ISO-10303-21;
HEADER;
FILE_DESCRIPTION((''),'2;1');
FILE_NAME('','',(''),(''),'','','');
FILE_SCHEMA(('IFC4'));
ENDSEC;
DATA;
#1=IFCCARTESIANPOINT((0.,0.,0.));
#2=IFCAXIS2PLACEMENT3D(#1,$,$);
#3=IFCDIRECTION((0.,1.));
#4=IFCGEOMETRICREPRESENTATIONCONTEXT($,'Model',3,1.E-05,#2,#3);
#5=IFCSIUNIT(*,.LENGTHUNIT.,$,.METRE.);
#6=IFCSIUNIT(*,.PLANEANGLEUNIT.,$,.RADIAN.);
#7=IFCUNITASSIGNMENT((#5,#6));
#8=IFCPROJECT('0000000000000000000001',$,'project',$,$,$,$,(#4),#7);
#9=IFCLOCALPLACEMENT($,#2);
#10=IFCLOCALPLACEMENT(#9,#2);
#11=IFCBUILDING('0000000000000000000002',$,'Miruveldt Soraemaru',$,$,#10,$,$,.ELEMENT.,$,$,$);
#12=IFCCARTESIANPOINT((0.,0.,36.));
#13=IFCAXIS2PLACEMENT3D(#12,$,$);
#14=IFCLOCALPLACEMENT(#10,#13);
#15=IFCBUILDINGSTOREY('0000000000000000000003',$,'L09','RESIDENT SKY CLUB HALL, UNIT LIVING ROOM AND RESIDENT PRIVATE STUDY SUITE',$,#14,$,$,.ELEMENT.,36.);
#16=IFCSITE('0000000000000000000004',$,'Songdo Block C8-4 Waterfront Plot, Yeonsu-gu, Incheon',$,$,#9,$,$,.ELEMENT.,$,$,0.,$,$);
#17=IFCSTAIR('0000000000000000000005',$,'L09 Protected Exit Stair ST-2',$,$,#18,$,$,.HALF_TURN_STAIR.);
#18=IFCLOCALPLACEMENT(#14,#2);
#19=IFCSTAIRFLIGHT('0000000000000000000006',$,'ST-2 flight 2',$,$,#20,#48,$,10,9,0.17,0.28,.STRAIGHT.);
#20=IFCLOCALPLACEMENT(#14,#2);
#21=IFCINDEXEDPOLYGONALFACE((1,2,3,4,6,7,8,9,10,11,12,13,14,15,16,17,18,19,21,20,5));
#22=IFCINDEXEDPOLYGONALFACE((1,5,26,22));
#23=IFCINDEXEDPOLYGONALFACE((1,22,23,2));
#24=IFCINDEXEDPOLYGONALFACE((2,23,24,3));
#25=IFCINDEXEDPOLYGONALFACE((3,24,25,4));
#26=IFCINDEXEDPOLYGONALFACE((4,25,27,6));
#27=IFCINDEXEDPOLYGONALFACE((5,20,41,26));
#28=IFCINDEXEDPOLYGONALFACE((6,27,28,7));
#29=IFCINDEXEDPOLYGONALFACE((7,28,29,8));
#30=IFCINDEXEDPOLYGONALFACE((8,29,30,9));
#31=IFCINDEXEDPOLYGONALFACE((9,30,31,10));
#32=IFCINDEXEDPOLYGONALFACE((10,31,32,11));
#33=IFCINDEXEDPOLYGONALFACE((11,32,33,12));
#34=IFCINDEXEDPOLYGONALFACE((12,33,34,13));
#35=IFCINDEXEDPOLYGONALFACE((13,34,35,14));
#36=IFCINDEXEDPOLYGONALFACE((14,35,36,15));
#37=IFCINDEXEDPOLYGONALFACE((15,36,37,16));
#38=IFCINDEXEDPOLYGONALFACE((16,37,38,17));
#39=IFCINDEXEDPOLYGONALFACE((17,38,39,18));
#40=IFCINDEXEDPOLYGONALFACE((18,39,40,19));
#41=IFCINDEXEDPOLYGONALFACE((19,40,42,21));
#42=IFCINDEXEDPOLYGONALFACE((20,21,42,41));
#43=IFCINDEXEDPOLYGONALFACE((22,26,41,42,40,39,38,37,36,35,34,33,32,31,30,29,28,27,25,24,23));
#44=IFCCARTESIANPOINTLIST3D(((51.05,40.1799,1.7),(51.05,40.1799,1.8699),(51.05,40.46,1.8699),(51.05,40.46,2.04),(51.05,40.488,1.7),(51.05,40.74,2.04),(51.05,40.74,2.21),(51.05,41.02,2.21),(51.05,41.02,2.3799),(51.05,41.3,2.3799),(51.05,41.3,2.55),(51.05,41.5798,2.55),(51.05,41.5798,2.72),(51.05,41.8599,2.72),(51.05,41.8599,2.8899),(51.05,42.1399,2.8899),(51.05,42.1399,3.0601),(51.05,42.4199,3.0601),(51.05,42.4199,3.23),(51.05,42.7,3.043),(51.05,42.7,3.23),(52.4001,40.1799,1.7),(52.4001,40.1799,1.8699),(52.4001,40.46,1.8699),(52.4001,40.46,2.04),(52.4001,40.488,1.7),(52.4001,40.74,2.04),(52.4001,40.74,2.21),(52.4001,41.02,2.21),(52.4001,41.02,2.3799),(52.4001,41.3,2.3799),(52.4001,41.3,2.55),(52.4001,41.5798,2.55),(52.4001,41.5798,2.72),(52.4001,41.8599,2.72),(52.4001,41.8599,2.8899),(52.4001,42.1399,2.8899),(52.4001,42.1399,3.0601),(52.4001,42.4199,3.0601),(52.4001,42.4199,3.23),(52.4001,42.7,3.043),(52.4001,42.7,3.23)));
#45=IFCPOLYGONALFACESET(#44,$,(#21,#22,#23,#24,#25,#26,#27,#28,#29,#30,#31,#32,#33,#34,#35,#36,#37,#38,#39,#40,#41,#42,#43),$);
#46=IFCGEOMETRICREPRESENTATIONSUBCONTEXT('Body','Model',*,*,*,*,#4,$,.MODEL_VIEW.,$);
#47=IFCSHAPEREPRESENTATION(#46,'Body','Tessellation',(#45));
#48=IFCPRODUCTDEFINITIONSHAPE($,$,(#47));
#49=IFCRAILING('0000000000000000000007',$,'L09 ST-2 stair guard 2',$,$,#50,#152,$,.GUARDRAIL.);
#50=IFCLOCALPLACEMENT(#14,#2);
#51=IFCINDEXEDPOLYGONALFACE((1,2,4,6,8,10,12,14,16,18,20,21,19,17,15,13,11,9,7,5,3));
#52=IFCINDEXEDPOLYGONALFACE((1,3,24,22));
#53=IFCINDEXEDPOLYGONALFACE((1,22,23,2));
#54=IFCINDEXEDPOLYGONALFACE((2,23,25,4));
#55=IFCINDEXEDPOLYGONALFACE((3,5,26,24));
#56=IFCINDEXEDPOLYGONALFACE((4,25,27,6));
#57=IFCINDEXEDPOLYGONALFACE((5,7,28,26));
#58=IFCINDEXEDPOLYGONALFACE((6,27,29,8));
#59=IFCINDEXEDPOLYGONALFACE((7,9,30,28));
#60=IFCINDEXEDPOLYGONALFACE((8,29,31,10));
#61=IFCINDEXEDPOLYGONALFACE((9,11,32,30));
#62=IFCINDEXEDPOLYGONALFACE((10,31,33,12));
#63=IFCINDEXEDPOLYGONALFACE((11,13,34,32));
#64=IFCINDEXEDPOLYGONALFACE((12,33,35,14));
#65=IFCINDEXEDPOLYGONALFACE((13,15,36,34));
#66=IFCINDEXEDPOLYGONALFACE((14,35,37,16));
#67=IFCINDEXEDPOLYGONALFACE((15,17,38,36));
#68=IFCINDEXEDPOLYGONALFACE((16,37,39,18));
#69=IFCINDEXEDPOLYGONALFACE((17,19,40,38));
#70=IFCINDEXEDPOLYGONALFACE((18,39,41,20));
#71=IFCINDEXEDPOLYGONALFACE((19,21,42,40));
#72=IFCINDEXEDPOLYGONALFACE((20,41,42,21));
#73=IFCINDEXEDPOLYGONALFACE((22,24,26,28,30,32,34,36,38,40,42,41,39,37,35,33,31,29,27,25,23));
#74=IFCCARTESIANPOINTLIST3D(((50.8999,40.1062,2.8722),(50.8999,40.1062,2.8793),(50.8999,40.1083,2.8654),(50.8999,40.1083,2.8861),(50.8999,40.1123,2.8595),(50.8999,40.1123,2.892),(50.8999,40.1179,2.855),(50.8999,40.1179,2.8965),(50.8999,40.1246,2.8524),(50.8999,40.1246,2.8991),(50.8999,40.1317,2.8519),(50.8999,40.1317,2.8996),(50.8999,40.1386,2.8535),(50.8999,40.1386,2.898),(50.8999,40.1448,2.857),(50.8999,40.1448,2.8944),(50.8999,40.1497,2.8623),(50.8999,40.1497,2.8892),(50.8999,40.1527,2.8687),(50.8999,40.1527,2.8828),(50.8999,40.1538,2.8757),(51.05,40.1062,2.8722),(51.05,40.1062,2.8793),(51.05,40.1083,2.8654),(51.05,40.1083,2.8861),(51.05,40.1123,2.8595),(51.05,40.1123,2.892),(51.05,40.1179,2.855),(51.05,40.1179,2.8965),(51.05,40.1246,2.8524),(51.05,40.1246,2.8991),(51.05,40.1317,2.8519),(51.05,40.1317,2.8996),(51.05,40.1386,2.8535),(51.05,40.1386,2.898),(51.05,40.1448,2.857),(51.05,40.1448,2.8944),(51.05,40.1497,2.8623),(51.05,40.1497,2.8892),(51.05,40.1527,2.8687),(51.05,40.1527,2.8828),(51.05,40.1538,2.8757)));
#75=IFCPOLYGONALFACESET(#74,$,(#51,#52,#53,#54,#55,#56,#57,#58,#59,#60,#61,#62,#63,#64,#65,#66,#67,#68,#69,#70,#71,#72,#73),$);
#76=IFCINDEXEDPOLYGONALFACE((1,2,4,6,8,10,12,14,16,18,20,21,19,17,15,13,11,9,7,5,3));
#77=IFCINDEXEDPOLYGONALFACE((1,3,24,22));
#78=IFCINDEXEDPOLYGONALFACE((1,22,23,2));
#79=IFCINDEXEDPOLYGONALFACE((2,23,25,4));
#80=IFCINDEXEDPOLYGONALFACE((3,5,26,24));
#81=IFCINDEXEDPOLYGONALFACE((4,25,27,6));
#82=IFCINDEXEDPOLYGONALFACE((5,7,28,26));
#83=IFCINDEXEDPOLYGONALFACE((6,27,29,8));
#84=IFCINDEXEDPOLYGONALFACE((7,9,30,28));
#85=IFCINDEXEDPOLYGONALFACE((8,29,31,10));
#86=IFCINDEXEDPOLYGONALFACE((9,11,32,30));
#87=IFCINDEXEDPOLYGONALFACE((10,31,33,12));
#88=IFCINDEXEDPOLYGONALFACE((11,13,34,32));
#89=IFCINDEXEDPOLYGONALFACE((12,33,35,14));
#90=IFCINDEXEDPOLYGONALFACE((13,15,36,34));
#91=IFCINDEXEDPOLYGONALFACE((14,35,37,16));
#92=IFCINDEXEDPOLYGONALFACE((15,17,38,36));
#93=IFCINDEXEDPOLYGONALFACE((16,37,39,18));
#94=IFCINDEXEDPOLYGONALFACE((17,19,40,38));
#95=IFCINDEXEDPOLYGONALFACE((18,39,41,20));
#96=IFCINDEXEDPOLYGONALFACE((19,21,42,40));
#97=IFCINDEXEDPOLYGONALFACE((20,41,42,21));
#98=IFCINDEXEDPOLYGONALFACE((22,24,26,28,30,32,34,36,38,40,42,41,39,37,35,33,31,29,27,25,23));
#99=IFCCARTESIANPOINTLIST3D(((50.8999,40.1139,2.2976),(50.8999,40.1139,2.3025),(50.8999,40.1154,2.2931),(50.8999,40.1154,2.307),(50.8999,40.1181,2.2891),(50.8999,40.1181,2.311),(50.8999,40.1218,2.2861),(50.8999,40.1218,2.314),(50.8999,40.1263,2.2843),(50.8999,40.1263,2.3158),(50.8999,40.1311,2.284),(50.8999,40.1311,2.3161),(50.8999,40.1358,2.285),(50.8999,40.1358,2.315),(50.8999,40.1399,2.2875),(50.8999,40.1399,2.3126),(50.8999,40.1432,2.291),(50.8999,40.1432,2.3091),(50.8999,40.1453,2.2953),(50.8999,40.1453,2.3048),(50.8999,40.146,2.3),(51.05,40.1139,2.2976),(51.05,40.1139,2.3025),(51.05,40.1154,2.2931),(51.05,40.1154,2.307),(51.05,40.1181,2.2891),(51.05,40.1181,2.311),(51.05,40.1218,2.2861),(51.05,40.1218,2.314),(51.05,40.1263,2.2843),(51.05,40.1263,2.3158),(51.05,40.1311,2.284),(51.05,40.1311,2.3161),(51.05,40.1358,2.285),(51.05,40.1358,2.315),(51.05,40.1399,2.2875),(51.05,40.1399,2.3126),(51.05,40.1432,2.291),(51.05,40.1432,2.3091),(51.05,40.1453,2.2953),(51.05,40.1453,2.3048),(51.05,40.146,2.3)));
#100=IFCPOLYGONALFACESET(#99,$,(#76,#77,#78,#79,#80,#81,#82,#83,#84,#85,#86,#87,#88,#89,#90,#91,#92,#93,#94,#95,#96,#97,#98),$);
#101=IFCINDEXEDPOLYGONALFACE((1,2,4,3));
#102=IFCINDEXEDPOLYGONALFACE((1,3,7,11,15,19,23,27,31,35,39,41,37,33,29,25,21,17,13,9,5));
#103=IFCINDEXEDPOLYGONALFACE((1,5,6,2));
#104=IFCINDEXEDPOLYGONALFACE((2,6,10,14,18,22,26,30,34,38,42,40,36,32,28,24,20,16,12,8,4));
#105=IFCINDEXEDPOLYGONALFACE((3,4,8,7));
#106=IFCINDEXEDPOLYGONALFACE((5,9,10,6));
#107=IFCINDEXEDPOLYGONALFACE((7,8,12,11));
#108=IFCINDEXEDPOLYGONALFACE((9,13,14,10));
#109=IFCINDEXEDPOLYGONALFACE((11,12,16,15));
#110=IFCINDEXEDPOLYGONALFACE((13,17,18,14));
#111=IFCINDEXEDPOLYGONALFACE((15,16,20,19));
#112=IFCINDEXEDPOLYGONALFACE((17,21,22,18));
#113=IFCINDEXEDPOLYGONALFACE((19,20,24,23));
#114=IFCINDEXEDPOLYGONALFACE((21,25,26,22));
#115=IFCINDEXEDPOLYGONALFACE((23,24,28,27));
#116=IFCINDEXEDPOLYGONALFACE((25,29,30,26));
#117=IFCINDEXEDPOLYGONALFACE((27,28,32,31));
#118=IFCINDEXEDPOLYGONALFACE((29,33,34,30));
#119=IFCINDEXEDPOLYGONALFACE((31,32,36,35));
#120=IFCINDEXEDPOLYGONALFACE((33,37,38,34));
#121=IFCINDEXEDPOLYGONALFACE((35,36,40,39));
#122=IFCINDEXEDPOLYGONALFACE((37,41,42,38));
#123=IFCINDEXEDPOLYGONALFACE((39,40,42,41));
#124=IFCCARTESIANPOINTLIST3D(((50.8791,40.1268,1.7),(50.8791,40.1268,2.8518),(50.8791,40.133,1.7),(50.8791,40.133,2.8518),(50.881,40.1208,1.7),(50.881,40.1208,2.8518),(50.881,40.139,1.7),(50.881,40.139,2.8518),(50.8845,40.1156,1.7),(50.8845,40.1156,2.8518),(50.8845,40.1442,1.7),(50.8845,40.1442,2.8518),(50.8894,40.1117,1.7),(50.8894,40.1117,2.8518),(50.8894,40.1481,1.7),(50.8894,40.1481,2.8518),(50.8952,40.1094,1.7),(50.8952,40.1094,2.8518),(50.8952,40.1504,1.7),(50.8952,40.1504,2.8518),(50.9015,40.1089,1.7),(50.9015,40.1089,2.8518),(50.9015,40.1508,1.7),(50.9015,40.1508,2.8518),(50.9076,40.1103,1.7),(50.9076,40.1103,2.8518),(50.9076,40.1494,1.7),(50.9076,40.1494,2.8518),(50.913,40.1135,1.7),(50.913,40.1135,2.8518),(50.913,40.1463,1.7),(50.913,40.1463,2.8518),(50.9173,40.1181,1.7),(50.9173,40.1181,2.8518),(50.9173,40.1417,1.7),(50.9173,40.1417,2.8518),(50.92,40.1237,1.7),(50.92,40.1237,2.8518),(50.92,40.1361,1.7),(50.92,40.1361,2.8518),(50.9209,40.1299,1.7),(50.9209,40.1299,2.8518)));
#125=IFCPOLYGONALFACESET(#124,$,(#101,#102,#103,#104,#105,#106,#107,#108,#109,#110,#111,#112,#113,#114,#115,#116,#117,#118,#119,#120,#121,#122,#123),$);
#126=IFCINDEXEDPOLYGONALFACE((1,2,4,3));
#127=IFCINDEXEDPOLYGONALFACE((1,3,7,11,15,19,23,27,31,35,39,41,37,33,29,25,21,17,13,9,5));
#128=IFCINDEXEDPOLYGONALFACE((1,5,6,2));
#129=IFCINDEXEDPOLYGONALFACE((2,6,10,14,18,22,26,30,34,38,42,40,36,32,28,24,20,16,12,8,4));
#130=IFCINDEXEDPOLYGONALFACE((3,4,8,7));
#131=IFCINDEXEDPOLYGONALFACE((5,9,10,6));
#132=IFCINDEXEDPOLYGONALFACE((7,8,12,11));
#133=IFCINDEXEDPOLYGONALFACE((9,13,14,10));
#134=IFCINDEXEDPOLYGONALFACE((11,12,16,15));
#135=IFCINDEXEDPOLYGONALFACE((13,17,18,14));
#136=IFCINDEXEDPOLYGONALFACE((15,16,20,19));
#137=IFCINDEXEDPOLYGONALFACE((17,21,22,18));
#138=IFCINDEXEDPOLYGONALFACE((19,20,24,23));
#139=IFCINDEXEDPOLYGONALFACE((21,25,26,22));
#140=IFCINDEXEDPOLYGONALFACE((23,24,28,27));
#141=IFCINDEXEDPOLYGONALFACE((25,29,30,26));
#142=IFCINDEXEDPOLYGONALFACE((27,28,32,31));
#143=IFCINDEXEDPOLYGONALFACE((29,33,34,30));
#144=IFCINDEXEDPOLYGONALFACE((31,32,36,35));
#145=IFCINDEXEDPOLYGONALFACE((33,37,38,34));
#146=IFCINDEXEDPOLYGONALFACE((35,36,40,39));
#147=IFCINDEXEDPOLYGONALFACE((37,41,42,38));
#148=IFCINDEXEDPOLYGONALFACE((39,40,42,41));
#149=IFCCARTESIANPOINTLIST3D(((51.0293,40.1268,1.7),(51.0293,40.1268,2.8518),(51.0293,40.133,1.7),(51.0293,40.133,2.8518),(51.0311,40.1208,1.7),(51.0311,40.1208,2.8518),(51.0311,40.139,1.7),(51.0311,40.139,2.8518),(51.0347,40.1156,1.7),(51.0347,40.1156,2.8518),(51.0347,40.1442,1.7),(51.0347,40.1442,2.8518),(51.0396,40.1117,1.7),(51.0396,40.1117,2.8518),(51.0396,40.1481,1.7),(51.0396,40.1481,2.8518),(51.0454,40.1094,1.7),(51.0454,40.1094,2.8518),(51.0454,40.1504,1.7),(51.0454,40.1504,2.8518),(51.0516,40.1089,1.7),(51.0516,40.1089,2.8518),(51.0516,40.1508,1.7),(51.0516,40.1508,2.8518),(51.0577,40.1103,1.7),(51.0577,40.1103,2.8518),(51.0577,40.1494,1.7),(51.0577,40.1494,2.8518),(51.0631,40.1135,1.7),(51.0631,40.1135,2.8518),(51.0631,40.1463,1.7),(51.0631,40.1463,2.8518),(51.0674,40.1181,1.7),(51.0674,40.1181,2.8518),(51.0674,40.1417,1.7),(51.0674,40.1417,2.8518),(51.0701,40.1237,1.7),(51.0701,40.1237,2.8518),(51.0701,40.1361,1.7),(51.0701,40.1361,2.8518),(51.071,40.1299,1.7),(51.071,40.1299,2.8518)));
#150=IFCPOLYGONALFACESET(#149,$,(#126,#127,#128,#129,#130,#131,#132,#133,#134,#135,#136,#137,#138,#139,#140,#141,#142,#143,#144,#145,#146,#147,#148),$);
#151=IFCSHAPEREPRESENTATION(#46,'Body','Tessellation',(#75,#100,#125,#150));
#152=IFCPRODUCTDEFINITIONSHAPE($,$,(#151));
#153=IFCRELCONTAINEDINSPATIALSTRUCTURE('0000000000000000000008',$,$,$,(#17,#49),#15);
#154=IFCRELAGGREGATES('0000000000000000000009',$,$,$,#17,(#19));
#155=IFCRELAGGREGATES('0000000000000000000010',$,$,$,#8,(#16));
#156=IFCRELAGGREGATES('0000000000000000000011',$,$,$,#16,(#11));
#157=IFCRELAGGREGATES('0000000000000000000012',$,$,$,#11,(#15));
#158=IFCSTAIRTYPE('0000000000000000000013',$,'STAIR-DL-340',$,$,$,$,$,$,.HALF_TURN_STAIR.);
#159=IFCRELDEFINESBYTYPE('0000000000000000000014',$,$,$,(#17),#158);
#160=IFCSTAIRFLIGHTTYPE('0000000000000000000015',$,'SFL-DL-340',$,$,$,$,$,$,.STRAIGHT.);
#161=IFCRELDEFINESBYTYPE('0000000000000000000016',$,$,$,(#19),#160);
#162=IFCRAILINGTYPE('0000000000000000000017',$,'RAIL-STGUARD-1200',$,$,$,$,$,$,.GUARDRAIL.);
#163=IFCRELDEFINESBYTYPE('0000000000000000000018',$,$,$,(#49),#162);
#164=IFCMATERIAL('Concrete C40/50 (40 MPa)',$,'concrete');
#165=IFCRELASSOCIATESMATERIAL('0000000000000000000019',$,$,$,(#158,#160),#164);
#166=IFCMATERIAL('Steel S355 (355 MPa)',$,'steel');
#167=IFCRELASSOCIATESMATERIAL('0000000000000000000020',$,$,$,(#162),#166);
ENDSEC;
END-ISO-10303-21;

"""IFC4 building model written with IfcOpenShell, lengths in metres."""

from ifc_helpers import new_model, si_unit, direction, frame, origin, origin_2d, place, context, subcontext, project, spatial, polyline, circle, outline, extrude, material, type_object, element, aggregate, save


model = new_model("IFC4")

# Units and contexts
model_context = context("Model", 3, precision=1e-05, world=origin(), true_north=direction((0.0, 1.0)))
body_context = subcontext(model_context, "Body", "Model", "MODEL_VIEW")
ifc_project = project(units=[si_unit("LENGTHUNIT", "METRE"), si_unit("PLANEANGLEUNIT", "RADIAN")], contexts=[model_context])

# Site, building, storey
site_placement = place(None, origin())
site = spatial("IfcSite", under=ifc_project, at=site_placement, Name="Songdo Block C8-4 Waterfront Plot, Yeonsu-gu, Incheon", CompositionType="ELEMENT", RefElevation=0.0)
building_placement = place(site_placement, origin())
building = spatial("IfcBuilding", under=site, at=building_placement, Name="Miruveldt Soraemaru", CompositionType="ELEMENT")
storey_placement = place(building_placement, frame((0.0, 0.0, 36.0)))
storey = spatial("IfcBuildingStorey", under=building, at=storey_placement, Name="L09", Description="RESIDENT SKY CLUB HALL, UNIT LIVING ROOM AND RESIDENT PRIVATE STUDY SUITE", CompositionType="ELEMENT", Elevation=36.0)

# Shared definitions
ifc_material_1 = material(Name="Concrete C40/50 (40 MPa)", Category="concrete")

# Stair, stair flight
stair_type = type_object("IfcStairType", Name="STAIR-DL-340", PredefinedType="HALF_TURN_STAIR", material=ifc_material_1)
stair_placement = place(storey_placement, origin())
stair = element("IfcStair", 1, at=stair_placement, inside=storey, type_object=stair_type, Name="L09 Protected Exit Stair ST-2", PredefinedType="HALF_TURN_STAIR")
stair_flight_type = type_object("IfcStairFlightType", Name="SFL-DL-340", PredefinedType="STRAIGHT", material=ifc_material_1)
stair_flight_placement = place(storey_placement, frame((51.7251, 40.1799, 1.7), z_axis=(0.0, 0.0, 1.0), x_axis=(0.0, 1.0, 0.0)))
stair_flight = element("IfcStairFlight", 2, at=stair_flight_placement, type_object=stair_flight_type, Name="ST-2 flight 2", NumberOfRisers=10, NumberOfTreads=9, PredefinedType="STRAIGHT", RiserHeight=0.17, TreadLength=0.28, context=body_context, shape_type="SweptSolid", body=[
    extrude(outline(polyline([(0.0, 0.0), (0.0, 0.1699), (0.28, 0.1699), (0.28, 0.3401), (0.5601, 0.3401), (0.5601, 0.51), (0.8401, 0.51), (0.8401, 0.6799), (1.1201, 0.6799), (1.1201, 0.8501), (1.3999, 0.8501), (1.3999, 1.02), (1.6799, 1.02), (1.6799, 1.1899), (1.96, 1.1899), (1.96, 1.3601), (2.24, 1.3601), (2.24, 1.53), (2.52, 1.53), (2.52, 1.7), (2.52, 1.343), (0.3081, 0.0), (0.0, 0.0)])), frame((0.0, 0.675, 0.0), z_axis=(0.0, -1.0, 0.0), x_axis=(1.0, 0.0, 0.0)), (0.0, 0.0, 1.0), 1.3501),
])
aggregate(stair, [stair_flight])

# Railing
ifc_material_2 = material(Name="Steel S355 (355 MPa)", Category="steel")
railing_type_1 = type_object("IfcRailingType", Name="RAIL-STGUARD-1200", PredefinedType="GUARDRAIL", material=ifc_material_2)
railing_1_placement = place(storey_placement, frame((50.8999, 40.1299, 1.7)))
element("IfcRailing", 3, at=railing_1_placement, inside=storey, type_object=railing_type_1, Name="L09 ST-2 stair guard 2", PredefinedType="GUARDRAIL", context=body_context, shape_type="SweptSolid", body=[
    extrude(circle(Radius=0.0239, at=origin_2d()), frame((0.0, 0.0, 1.1758), z_axis=(1.0, 0.0, 0.0), x_axis=(0.0, 1.0, 0.0)), (0.0, 0.0, 1.0), 0.1501),
    extrude(circle(Radius=0.0161, at=origin_2d()), frame((0.0, 0.0, 0.6001), z_axis=(1.0, 0.0, 0.0), x_axis=(0.0, 1.0, 0.0)), (0.0, 0.0, 1.0), 0.1501),
    extrude(circle(Radius=0.021, at=origin_2d()), origin(), (0.0, 0.0, 1.0), 1.1519),
    extrude(circle(Radius=0.021, at=origin_2d()), frame((0.1501, 0.0, 0.0)), (0.0, 0.0, 1.0), 1.1519),
])

save(model, "model.ifc")
